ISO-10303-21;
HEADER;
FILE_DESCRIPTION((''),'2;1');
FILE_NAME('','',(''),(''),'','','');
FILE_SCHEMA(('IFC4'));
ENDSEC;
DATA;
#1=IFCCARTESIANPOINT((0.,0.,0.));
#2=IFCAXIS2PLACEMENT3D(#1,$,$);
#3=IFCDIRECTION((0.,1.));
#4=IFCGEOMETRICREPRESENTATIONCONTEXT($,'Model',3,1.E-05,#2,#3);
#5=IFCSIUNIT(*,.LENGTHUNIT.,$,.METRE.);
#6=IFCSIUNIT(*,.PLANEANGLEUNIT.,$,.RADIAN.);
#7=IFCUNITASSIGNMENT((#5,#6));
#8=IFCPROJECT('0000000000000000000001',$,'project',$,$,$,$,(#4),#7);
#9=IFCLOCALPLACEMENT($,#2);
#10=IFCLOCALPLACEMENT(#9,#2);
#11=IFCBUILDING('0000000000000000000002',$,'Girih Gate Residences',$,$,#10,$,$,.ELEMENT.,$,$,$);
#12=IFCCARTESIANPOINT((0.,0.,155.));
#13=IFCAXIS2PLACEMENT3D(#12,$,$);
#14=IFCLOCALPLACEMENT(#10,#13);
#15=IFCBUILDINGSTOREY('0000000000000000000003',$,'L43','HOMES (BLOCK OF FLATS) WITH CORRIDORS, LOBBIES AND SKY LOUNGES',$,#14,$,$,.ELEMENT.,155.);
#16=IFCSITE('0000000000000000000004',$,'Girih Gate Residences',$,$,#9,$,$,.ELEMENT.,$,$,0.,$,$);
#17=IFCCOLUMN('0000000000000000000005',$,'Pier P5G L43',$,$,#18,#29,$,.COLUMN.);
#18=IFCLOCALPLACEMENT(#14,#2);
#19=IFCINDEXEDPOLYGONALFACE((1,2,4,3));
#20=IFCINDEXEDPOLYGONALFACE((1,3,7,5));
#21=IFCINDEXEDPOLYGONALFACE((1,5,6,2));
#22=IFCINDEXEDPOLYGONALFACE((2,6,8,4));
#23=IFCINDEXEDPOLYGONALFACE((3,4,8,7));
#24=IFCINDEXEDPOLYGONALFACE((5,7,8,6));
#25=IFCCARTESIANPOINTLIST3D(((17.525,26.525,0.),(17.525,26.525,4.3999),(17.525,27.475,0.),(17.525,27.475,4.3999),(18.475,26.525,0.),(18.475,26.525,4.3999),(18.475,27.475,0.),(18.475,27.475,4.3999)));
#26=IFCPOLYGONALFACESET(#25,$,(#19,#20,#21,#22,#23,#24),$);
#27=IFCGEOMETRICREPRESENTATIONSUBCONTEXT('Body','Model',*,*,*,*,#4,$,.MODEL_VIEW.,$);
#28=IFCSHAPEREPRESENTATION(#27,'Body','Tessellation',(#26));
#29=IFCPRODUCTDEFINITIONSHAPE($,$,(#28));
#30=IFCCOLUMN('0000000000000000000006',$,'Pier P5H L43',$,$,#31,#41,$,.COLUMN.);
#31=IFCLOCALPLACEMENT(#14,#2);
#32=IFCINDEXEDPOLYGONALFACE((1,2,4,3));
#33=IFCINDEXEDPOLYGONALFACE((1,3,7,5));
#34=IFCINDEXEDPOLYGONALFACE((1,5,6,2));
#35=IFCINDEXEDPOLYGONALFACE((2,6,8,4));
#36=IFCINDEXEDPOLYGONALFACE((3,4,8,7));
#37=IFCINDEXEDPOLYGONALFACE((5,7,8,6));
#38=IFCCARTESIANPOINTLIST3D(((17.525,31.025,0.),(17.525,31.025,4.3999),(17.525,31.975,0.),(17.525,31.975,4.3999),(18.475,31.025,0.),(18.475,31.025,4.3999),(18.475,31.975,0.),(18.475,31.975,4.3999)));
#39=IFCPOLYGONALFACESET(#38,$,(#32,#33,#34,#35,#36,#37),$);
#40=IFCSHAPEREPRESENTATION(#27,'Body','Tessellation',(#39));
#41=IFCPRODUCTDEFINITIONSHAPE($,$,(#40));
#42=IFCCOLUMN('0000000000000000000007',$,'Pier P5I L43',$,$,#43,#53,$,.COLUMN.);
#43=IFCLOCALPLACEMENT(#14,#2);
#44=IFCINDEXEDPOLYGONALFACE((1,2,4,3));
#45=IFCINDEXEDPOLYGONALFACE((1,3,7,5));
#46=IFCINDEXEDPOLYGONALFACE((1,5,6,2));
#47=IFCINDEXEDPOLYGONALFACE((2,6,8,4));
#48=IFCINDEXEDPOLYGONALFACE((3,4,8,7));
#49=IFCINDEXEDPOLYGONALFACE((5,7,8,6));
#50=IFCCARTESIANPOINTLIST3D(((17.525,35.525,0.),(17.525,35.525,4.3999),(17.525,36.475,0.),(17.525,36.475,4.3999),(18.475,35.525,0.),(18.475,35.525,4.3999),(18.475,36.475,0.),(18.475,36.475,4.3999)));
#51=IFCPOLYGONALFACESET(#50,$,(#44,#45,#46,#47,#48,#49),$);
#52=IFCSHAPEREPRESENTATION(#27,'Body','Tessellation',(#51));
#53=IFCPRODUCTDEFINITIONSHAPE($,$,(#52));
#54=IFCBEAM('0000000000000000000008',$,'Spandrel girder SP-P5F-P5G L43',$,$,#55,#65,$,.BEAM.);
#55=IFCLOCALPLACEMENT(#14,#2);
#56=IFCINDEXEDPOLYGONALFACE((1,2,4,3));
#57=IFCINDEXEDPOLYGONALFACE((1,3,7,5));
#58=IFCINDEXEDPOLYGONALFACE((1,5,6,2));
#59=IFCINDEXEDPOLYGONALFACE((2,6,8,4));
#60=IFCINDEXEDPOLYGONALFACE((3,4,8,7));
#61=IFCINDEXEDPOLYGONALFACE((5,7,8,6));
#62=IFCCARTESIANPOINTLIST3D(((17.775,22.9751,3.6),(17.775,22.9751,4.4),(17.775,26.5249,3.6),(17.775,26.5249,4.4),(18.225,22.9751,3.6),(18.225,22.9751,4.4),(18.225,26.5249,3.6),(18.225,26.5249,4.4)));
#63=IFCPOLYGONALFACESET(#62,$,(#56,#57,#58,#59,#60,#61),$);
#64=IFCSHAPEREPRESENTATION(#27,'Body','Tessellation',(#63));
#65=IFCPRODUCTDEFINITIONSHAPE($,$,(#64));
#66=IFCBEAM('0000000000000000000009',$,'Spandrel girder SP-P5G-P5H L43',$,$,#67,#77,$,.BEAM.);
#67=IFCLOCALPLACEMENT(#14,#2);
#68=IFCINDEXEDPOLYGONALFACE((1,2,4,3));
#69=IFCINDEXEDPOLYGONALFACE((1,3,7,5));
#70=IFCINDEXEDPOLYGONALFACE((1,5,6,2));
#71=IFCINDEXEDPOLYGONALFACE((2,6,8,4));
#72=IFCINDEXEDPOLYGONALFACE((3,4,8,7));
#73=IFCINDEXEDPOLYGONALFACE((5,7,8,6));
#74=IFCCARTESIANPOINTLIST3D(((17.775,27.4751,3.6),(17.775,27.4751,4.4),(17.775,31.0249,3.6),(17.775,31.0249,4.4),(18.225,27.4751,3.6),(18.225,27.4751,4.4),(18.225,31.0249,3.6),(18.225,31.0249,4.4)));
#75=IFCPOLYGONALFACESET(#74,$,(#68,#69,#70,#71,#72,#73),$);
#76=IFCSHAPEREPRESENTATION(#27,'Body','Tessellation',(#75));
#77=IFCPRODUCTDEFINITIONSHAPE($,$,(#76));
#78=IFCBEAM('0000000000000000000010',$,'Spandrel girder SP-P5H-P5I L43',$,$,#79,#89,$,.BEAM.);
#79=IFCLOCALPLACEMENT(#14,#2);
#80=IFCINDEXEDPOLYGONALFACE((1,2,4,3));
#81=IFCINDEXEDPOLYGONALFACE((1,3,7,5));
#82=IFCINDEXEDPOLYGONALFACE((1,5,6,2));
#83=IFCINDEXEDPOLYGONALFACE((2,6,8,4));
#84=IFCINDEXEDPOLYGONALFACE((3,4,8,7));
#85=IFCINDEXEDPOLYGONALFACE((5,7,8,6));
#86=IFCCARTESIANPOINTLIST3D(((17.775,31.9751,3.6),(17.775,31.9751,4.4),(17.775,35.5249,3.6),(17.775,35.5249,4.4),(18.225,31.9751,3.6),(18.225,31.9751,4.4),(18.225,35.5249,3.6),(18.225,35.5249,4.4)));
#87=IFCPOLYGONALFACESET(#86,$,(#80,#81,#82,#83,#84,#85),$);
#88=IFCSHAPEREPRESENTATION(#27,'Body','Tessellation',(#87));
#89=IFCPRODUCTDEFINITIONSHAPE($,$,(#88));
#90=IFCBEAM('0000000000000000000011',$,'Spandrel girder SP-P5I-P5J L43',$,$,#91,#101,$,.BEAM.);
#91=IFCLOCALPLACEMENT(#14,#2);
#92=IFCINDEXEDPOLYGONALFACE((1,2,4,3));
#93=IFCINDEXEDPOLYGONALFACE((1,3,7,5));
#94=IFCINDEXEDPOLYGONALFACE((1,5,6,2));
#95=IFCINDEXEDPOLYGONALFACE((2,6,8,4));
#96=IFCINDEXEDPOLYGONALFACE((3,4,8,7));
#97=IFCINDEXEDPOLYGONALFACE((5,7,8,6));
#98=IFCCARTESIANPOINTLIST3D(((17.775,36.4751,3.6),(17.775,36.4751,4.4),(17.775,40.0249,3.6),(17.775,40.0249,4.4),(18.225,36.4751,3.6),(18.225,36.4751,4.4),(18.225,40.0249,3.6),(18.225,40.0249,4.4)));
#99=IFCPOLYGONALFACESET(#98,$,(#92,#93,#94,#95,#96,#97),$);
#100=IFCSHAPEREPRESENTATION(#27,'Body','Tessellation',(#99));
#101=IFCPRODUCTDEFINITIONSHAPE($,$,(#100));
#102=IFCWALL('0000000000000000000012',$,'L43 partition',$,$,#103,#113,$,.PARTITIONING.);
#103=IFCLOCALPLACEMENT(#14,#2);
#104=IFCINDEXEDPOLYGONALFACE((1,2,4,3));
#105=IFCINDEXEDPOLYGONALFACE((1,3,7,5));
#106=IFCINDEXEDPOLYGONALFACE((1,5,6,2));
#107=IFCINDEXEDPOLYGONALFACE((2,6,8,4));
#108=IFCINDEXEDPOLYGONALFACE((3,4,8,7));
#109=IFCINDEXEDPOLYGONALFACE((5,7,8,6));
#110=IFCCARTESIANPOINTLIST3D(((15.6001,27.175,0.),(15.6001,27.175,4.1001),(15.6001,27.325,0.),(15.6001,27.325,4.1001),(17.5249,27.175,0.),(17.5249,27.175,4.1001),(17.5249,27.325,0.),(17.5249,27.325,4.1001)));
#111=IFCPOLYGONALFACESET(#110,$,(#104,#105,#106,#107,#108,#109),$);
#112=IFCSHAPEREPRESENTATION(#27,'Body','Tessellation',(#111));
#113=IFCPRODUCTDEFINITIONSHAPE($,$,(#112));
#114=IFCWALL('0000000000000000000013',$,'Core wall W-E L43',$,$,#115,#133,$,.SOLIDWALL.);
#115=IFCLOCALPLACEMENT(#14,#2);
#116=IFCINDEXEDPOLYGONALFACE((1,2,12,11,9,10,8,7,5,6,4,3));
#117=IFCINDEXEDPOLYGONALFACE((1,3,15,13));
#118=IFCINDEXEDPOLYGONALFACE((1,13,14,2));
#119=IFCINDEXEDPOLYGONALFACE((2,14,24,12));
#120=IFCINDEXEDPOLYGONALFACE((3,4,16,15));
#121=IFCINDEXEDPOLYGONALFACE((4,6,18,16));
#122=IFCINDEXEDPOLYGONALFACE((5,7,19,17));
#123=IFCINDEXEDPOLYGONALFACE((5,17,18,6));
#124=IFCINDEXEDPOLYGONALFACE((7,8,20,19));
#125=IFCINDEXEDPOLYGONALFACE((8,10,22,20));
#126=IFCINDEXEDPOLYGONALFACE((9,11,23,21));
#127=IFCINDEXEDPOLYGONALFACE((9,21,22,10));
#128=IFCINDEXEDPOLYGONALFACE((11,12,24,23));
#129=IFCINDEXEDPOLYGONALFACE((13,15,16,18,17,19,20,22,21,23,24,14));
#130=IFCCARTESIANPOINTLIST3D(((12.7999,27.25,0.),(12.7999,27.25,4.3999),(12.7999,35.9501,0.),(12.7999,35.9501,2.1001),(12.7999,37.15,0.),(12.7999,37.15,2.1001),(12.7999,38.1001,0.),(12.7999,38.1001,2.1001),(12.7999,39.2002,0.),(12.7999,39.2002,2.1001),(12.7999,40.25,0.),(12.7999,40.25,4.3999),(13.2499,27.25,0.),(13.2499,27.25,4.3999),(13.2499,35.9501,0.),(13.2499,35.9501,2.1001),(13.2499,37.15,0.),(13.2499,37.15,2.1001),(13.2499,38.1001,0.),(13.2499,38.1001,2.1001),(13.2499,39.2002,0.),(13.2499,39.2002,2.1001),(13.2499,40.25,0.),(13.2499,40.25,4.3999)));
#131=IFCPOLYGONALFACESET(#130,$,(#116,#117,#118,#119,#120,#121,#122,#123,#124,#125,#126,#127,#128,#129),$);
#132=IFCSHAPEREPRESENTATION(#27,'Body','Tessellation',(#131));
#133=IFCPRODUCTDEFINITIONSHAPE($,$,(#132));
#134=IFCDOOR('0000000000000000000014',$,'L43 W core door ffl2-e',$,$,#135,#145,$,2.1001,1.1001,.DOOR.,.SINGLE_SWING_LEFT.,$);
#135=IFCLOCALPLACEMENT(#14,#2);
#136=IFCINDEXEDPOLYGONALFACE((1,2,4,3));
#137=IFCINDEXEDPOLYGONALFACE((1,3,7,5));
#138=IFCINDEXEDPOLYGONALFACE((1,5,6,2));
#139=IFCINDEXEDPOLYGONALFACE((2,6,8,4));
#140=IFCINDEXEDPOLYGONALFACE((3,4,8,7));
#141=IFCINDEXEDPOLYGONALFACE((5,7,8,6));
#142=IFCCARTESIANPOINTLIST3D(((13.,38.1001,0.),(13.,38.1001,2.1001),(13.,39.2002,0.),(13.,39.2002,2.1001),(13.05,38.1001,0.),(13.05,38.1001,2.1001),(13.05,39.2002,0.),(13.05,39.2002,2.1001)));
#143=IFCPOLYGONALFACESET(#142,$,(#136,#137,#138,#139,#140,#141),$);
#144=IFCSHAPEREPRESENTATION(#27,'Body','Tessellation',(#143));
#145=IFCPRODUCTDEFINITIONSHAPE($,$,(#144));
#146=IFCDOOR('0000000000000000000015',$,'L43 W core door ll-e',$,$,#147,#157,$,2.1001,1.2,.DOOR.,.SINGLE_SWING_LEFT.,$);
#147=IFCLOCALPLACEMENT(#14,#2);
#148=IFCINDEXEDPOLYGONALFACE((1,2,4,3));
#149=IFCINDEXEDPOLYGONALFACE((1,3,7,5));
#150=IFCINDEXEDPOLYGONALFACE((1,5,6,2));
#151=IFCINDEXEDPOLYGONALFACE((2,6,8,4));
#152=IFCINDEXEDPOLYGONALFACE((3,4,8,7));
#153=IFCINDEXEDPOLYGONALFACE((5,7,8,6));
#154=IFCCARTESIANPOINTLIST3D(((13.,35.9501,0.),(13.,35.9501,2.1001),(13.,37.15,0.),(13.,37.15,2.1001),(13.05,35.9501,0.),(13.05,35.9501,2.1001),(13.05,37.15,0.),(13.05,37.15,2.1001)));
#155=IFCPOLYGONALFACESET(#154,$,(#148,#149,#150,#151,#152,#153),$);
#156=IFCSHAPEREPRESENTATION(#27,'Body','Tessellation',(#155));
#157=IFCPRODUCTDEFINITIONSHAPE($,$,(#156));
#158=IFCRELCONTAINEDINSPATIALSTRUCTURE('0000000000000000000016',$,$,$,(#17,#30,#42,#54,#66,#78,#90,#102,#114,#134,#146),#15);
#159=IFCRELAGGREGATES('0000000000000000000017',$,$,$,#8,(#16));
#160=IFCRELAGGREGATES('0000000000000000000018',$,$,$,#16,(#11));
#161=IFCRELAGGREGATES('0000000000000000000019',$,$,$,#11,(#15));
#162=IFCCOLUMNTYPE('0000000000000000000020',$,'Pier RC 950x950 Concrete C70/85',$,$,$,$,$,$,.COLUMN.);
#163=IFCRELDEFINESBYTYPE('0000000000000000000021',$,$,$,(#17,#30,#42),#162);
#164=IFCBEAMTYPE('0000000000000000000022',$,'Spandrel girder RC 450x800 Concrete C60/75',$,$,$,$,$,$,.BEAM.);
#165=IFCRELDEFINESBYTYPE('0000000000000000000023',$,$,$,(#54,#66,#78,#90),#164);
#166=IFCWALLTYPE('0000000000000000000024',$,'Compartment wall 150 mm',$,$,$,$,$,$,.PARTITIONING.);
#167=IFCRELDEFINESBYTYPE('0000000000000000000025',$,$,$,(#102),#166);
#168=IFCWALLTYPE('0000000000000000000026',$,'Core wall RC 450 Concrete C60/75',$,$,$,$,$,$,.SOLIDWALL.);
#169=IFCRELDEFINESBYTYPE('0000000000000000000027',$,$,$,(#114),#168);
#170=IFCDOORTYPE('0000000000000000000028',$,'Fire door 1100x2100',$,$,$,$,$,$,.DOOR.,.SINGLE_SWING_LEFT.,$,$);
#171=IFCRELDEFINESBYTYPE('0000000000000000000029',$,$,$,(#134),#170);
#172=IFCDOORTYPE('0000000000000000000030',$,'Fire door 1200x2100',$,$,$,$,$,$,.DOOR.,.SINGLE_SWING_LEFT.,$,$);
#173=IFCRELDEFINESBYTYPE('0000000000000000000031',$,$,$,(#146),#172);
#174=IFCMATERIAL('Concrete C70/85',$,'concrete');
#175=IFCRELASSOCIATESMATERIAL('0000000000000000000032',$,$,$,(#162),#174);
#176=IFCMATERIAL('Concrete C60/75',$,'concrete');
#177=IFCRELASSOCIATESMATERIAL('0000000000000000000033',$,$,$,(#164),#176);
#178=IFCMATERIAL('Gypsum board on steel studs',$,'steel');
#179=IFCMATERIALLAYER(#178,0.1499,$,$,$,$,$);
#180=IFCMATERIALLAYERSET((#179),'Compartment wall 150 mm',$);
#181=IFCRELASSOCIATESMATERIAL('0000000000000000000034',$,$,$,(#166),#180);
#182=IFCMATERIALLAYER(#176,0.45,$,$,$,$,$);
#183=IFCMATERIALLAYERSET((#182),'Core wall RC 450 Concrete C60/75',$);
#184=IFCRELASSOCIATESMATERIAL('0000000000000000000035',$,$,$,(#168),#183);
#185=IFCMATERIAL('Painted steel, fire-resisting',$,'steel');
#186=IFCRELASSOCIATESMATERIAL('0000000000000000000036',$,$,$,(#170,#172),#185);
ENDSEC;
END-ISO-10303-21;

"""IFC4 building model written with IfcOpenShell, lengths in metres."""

from ifc_helpers import new_model, si_unit, direction, frame, frame_2d, origin, origin_2d, place, context, subcontext, project, spatial, rectangle, extrude, material, layer, layer_set, material_profile, profile_set, type_object, element, fill, save


model = new_model("IFC4")

# Units and contexts
model_context = context("Model", 3, precision=1e-05, world=origin(), true_north=direction((0.0, 1.0)))
body_context = subcontext(model_context, "Body", "Model", "MODEL_VIEW")
ifc_project = project(units=[si_unit("LENGTHUNIT", "METRE"), si_unit("PLANEANGLEUNIT", "RADIAN")], contexts=[model_context])

# Site, building, storey
site_placement = place(None, origin())
site = spatial("IfcSite", under=ifc_project, at=site_placement, Name="Girih Gate Residences", CompositionType="ELEMENT", RefElevation=0.0)
building_placement = place(site_placement, origin())
building = spatial("IfcBuilding", under=site, at=building_placement, Name="Girih Gate Residences", CompositionType="ELEMENT")
storey_placement = place(building_placement, frame((0.0, 0.0, 155.0)))
storey = spatial("IfcBuildingStorey", under=building, at=storey_placement, Name="L43", Description="HOMES (BLOCK OF FLATS) WITH CORRIDORS, LOBBIES AND SKY LOUNGES", CompositionType="ELEMENT", Elevation=155.0)

# Columns
ifc_material_1 = material(Name="Concrete C70/85", Category="concrete")
ifc_material_profile_1 = material_profile(ifc_material_1, rectangle(XDim=0.95, YDim=0.95, at=origin_2d()))
ifc_profile_set_1 = profile_set([ifc_material_profile_1], Name="Concrete C70/85")
column_type = type_object("IfcColumnType", Name="Pier RC 950x950 Concrete C70/85", PredefinedType="COLUMN", material=ifc_profile_set_1)
for number, where, z_axis, x_axis, name in (
    (1, (18.0, 27.0, 0.0), (0.0, 0.0, 1.0), (1.0, 0.0, 0.0), "Pier P5G L43"),
    (2, (18.0, 31.5, 0.0), (0.0, 0.0, 1.0), (1.0, 0.0, 0.0), "Pier P5H L43"),
    (3, (18.0, 36.0, 0.0), (0.0, 0.0, 1.0), (1.0, 0.0, 0.0), "Pier P5I L43"),
):
    element("IfcColumn", number, at=place(storey_placement, frame(where, z_axis=z_axis, x_axis=x_axis)), inside=storey, type_object=column_type, Name=name, PredefinedType="COLUMN", context=body_context, shape_type="SweptSolid", body=[
        extrude(rectangle(XDim=0.95, YDim=0.95, at=origin_2d()), origin(), (0.0, 0.0, 1.0), 4.3999),
    ])

# Beams
ifc_material_2 = material(Name="Concrete C60/75", Category="concrete")
ifc_material_profile_2 = material_profile(ifc_material_2, rectangle(XDim=0.45, YDim=0.8, at=origin_2d()))
ifc_profile_set_2 = profile_set([ifc_material_profile_2], Name="Concrete C60/75")
beam_type = type_object("IfcBeamType", Name="Spandrel girder RC 450x800 Concrete C60/75", PredefinedType="BEAM", material=ifc_profile_set_2)
for number, where, z_axis, x_axis, name in (
    (4, (18.0, 22.9751, 4.0), (0.0, 1.0, 0.0), (-1.0, 0.0, 0.0), "Spandrel girder SP-P5F-P5G L43"),
    (5, (18.0, 27.4751, 4.0), (0.0, 1.0, 0.0), (-1.0, 0.0, 0.0), "Spandrel girder SP-P5G-P5H L43"),
    (6, (18.0, 31.9751, 4.0), (0.0, 1.0, 0.0), (-1.0, 0.0, 0.0), "Spandrel girder SP-P5H-P5I L43"),
    (7, (18.0, 36.4751, 4.0), (0.0, 1.0, 0.0), (-1.0, 0.0, 0.0), "Spandrel girder SP-P5I-P5J L43"),
):
    element("IfcBeam", number, at=place(storey_placement, frame(where, z_axis=z_axis, x_axis=x_axis)), inside=storey, type_object=beam_type, Name=name, PredefinedType="BEAM", context=body_context, shape_type="SweptSolid", body=[
        extrude(rectangle(XDim=0.45, YDim=0.8, at=origin_2d()), origin(), (0.0, 0.0, 1.0), 3.5498),
    ])

# Wall
ifc_material_3 = material(Name="Gypsum board on steel studs", Category="steel")
ifc_layer_1 = layer(ifc_material_3, 0.1499)
ifc_layer_set_1 = layer_set([ifc_layer_1], Name="Compartment wall 150 mm")
wall_type_1 = type_object("IfcWallType", Name="Compartment wall 150 mm", PredefinedType="PARTITIONING", material=ifc_layer_set_1)
wall_1_placement = place(storey_placement, frame((15.6001, 27.25, 0.0), z_axis=(0.0, 0.0, 1.0), x_axis=(1.0, 0.0, 0.0)))
element("IfcWall", 8, at=wall_1_placement, inside=storey, type_object=wall_type_1, Name="L43 partition", PredefinedType="PARTITIONING", context=body_context, shape_type="SweptSolid", body=[
    extrude(rectangle(XDim=1.9248, YDim=0.1499, at=frame_2d((0.9624, 0.0))), origin(), (0.0, 0.0, 1.0), 4.1001),
])

# Wall, openings, doors
ifc_layer_2 = layer(ifc_material_2, 0.45)
ifc_layer_set_2 = layer_set([ifc_layer_2], Name="Core wall RC 450 Concrete C60/75")
wall_type_2 = type_object("IfcWallType", Name="Core wall RC 450 Concrete C60/75", PredefinedType="SOLIDWALL", material=ifc_layer_set_2)
wall_2_placement = place(storey_placement, frame((13.0249, 27.25, 0.0), z_axis=(0.0, 0.0, 1.0), x_axis=(0.0, 1.0, 0.0)))
wall_2 = element("IfcWall", 9, at=wall_2_placement, inside=storey, type_object=wall_type_2, Name="Core wall W-E L43", PredefinedType="SOLIDWALL", context=body_context, shape_type="SweptSolid", body=[
    extrude(rectangle(XDim=13.0, YDim=0.45, at=frame_2d((6.5, 0.0))), origin(), (0.0, 0.0, 1.0), 4.3999),
])
opening_1_placement = place(wall_2_placement, frame((10.8501, 0.0, 0.0)))
opening_1 = element("IfcOpeningElement", 10, at=opening_1_placement, cuts=wall_2, PredefinedType="OPENING", context=body_context, shape_type="SweptSolid", body=[
    extrude(rectangle(XDim=1.1001, YDim=2.1001, at=frame_2d((0.55, 1.05))), frame((0.0, 0.2349, 0.0), z_axis=(0.0, -1.0, 0.0), x_axis=(1.0, 0.0, 0.0)), (0.0, 0.0, 1.0), 0.47),
])
opening_2_placement = place(wall_2_placement, frame((8.7, 0.0, 0.0)))
opening_2 = element("IfcOpeningElement", 11, at=opening_2_placement, cuts=wall_2, PredefinedType="OPENING", context=body_context, shape_type="SweptSolid", body=[
    extrude(rectangle(XDim=1.2, YDim=2.1001, at=frame_2d((0.6001, 1.05))), frame((0.0, 0.2349, 0.0), z_axis=(0.0, -1.0, 0.0), x_axis=(1.0, 0.0, 0.0)), (0.0, 0.0, 1.0), 0.47),
])
ifc_material_4 = material(Name="Painted steel, fire-resisting", Category="steel")
door_type_1 = type_object("IfcDoorType", Name="Fire door 1100x2100", OperationType="SINGLE_SWING_LEFT", PredefinedType="DOOR", material=ifc_material_4)
door_1_placement = place(opening_1_placement, origin())
door_1 = element("IfcDoor", 12, at=door_1_placement, inside=storey, type_object=door_type_1, Name="L43 W core door ffl2-e", OperationType="SINGLE_SWING_LEFT", OverallHeight=2.1001, OverallWidth=1.1001, PredefinedType="DOOR", context=body_context, shape_type="SweptSolid", body=[
    extrude(rectangle(XDim=1.1001, YDim=2.1001, at=frame_2d((0.55, 1.05))), frame((0.0, 0.0249, 0.0), z_axis=(0.0, -1.0, 0.0), x_axis=(1.0, 0.0, 0.0)), (0.0, 0.0, 1.0), 0.05),
])
fill(opening_1, door_1)
door_type_2 = type_object("IfcDoorType", Name="Fire door 1200x2100", OperationType="SINGLE_SWING_LEFT", PredefinedType="DOOR", material=ifc_material_4)
door_2_placement = place(opening_2_placement, origin())
door_2 = element("IfcDoor", 13, at=door_2_placement, inside=storey, type_object=door_type_2, Name="L43 W core door ll-e", OperationType="SINGLE_SWING_LEFT", OverallHeight=2.1001, OverallWidth=1.2, PredefinedType="DOOR", context=body_context, shape_type="SweptSolid", body=[
    extrude(rectangle(XDim=1.2, YDim=2.1001, at=frame_2d((0.6001, 1.05))), frame((0.0, 0.0249, 0.0), z_axis=(0.0, -1.0, 0.0), x_axis=(1.0, 0.0, 0.0)), (0.0, 0.0, 1.0), 0.05),
])
fill(opening_2, door_2)

save(model, "model.ifc")
